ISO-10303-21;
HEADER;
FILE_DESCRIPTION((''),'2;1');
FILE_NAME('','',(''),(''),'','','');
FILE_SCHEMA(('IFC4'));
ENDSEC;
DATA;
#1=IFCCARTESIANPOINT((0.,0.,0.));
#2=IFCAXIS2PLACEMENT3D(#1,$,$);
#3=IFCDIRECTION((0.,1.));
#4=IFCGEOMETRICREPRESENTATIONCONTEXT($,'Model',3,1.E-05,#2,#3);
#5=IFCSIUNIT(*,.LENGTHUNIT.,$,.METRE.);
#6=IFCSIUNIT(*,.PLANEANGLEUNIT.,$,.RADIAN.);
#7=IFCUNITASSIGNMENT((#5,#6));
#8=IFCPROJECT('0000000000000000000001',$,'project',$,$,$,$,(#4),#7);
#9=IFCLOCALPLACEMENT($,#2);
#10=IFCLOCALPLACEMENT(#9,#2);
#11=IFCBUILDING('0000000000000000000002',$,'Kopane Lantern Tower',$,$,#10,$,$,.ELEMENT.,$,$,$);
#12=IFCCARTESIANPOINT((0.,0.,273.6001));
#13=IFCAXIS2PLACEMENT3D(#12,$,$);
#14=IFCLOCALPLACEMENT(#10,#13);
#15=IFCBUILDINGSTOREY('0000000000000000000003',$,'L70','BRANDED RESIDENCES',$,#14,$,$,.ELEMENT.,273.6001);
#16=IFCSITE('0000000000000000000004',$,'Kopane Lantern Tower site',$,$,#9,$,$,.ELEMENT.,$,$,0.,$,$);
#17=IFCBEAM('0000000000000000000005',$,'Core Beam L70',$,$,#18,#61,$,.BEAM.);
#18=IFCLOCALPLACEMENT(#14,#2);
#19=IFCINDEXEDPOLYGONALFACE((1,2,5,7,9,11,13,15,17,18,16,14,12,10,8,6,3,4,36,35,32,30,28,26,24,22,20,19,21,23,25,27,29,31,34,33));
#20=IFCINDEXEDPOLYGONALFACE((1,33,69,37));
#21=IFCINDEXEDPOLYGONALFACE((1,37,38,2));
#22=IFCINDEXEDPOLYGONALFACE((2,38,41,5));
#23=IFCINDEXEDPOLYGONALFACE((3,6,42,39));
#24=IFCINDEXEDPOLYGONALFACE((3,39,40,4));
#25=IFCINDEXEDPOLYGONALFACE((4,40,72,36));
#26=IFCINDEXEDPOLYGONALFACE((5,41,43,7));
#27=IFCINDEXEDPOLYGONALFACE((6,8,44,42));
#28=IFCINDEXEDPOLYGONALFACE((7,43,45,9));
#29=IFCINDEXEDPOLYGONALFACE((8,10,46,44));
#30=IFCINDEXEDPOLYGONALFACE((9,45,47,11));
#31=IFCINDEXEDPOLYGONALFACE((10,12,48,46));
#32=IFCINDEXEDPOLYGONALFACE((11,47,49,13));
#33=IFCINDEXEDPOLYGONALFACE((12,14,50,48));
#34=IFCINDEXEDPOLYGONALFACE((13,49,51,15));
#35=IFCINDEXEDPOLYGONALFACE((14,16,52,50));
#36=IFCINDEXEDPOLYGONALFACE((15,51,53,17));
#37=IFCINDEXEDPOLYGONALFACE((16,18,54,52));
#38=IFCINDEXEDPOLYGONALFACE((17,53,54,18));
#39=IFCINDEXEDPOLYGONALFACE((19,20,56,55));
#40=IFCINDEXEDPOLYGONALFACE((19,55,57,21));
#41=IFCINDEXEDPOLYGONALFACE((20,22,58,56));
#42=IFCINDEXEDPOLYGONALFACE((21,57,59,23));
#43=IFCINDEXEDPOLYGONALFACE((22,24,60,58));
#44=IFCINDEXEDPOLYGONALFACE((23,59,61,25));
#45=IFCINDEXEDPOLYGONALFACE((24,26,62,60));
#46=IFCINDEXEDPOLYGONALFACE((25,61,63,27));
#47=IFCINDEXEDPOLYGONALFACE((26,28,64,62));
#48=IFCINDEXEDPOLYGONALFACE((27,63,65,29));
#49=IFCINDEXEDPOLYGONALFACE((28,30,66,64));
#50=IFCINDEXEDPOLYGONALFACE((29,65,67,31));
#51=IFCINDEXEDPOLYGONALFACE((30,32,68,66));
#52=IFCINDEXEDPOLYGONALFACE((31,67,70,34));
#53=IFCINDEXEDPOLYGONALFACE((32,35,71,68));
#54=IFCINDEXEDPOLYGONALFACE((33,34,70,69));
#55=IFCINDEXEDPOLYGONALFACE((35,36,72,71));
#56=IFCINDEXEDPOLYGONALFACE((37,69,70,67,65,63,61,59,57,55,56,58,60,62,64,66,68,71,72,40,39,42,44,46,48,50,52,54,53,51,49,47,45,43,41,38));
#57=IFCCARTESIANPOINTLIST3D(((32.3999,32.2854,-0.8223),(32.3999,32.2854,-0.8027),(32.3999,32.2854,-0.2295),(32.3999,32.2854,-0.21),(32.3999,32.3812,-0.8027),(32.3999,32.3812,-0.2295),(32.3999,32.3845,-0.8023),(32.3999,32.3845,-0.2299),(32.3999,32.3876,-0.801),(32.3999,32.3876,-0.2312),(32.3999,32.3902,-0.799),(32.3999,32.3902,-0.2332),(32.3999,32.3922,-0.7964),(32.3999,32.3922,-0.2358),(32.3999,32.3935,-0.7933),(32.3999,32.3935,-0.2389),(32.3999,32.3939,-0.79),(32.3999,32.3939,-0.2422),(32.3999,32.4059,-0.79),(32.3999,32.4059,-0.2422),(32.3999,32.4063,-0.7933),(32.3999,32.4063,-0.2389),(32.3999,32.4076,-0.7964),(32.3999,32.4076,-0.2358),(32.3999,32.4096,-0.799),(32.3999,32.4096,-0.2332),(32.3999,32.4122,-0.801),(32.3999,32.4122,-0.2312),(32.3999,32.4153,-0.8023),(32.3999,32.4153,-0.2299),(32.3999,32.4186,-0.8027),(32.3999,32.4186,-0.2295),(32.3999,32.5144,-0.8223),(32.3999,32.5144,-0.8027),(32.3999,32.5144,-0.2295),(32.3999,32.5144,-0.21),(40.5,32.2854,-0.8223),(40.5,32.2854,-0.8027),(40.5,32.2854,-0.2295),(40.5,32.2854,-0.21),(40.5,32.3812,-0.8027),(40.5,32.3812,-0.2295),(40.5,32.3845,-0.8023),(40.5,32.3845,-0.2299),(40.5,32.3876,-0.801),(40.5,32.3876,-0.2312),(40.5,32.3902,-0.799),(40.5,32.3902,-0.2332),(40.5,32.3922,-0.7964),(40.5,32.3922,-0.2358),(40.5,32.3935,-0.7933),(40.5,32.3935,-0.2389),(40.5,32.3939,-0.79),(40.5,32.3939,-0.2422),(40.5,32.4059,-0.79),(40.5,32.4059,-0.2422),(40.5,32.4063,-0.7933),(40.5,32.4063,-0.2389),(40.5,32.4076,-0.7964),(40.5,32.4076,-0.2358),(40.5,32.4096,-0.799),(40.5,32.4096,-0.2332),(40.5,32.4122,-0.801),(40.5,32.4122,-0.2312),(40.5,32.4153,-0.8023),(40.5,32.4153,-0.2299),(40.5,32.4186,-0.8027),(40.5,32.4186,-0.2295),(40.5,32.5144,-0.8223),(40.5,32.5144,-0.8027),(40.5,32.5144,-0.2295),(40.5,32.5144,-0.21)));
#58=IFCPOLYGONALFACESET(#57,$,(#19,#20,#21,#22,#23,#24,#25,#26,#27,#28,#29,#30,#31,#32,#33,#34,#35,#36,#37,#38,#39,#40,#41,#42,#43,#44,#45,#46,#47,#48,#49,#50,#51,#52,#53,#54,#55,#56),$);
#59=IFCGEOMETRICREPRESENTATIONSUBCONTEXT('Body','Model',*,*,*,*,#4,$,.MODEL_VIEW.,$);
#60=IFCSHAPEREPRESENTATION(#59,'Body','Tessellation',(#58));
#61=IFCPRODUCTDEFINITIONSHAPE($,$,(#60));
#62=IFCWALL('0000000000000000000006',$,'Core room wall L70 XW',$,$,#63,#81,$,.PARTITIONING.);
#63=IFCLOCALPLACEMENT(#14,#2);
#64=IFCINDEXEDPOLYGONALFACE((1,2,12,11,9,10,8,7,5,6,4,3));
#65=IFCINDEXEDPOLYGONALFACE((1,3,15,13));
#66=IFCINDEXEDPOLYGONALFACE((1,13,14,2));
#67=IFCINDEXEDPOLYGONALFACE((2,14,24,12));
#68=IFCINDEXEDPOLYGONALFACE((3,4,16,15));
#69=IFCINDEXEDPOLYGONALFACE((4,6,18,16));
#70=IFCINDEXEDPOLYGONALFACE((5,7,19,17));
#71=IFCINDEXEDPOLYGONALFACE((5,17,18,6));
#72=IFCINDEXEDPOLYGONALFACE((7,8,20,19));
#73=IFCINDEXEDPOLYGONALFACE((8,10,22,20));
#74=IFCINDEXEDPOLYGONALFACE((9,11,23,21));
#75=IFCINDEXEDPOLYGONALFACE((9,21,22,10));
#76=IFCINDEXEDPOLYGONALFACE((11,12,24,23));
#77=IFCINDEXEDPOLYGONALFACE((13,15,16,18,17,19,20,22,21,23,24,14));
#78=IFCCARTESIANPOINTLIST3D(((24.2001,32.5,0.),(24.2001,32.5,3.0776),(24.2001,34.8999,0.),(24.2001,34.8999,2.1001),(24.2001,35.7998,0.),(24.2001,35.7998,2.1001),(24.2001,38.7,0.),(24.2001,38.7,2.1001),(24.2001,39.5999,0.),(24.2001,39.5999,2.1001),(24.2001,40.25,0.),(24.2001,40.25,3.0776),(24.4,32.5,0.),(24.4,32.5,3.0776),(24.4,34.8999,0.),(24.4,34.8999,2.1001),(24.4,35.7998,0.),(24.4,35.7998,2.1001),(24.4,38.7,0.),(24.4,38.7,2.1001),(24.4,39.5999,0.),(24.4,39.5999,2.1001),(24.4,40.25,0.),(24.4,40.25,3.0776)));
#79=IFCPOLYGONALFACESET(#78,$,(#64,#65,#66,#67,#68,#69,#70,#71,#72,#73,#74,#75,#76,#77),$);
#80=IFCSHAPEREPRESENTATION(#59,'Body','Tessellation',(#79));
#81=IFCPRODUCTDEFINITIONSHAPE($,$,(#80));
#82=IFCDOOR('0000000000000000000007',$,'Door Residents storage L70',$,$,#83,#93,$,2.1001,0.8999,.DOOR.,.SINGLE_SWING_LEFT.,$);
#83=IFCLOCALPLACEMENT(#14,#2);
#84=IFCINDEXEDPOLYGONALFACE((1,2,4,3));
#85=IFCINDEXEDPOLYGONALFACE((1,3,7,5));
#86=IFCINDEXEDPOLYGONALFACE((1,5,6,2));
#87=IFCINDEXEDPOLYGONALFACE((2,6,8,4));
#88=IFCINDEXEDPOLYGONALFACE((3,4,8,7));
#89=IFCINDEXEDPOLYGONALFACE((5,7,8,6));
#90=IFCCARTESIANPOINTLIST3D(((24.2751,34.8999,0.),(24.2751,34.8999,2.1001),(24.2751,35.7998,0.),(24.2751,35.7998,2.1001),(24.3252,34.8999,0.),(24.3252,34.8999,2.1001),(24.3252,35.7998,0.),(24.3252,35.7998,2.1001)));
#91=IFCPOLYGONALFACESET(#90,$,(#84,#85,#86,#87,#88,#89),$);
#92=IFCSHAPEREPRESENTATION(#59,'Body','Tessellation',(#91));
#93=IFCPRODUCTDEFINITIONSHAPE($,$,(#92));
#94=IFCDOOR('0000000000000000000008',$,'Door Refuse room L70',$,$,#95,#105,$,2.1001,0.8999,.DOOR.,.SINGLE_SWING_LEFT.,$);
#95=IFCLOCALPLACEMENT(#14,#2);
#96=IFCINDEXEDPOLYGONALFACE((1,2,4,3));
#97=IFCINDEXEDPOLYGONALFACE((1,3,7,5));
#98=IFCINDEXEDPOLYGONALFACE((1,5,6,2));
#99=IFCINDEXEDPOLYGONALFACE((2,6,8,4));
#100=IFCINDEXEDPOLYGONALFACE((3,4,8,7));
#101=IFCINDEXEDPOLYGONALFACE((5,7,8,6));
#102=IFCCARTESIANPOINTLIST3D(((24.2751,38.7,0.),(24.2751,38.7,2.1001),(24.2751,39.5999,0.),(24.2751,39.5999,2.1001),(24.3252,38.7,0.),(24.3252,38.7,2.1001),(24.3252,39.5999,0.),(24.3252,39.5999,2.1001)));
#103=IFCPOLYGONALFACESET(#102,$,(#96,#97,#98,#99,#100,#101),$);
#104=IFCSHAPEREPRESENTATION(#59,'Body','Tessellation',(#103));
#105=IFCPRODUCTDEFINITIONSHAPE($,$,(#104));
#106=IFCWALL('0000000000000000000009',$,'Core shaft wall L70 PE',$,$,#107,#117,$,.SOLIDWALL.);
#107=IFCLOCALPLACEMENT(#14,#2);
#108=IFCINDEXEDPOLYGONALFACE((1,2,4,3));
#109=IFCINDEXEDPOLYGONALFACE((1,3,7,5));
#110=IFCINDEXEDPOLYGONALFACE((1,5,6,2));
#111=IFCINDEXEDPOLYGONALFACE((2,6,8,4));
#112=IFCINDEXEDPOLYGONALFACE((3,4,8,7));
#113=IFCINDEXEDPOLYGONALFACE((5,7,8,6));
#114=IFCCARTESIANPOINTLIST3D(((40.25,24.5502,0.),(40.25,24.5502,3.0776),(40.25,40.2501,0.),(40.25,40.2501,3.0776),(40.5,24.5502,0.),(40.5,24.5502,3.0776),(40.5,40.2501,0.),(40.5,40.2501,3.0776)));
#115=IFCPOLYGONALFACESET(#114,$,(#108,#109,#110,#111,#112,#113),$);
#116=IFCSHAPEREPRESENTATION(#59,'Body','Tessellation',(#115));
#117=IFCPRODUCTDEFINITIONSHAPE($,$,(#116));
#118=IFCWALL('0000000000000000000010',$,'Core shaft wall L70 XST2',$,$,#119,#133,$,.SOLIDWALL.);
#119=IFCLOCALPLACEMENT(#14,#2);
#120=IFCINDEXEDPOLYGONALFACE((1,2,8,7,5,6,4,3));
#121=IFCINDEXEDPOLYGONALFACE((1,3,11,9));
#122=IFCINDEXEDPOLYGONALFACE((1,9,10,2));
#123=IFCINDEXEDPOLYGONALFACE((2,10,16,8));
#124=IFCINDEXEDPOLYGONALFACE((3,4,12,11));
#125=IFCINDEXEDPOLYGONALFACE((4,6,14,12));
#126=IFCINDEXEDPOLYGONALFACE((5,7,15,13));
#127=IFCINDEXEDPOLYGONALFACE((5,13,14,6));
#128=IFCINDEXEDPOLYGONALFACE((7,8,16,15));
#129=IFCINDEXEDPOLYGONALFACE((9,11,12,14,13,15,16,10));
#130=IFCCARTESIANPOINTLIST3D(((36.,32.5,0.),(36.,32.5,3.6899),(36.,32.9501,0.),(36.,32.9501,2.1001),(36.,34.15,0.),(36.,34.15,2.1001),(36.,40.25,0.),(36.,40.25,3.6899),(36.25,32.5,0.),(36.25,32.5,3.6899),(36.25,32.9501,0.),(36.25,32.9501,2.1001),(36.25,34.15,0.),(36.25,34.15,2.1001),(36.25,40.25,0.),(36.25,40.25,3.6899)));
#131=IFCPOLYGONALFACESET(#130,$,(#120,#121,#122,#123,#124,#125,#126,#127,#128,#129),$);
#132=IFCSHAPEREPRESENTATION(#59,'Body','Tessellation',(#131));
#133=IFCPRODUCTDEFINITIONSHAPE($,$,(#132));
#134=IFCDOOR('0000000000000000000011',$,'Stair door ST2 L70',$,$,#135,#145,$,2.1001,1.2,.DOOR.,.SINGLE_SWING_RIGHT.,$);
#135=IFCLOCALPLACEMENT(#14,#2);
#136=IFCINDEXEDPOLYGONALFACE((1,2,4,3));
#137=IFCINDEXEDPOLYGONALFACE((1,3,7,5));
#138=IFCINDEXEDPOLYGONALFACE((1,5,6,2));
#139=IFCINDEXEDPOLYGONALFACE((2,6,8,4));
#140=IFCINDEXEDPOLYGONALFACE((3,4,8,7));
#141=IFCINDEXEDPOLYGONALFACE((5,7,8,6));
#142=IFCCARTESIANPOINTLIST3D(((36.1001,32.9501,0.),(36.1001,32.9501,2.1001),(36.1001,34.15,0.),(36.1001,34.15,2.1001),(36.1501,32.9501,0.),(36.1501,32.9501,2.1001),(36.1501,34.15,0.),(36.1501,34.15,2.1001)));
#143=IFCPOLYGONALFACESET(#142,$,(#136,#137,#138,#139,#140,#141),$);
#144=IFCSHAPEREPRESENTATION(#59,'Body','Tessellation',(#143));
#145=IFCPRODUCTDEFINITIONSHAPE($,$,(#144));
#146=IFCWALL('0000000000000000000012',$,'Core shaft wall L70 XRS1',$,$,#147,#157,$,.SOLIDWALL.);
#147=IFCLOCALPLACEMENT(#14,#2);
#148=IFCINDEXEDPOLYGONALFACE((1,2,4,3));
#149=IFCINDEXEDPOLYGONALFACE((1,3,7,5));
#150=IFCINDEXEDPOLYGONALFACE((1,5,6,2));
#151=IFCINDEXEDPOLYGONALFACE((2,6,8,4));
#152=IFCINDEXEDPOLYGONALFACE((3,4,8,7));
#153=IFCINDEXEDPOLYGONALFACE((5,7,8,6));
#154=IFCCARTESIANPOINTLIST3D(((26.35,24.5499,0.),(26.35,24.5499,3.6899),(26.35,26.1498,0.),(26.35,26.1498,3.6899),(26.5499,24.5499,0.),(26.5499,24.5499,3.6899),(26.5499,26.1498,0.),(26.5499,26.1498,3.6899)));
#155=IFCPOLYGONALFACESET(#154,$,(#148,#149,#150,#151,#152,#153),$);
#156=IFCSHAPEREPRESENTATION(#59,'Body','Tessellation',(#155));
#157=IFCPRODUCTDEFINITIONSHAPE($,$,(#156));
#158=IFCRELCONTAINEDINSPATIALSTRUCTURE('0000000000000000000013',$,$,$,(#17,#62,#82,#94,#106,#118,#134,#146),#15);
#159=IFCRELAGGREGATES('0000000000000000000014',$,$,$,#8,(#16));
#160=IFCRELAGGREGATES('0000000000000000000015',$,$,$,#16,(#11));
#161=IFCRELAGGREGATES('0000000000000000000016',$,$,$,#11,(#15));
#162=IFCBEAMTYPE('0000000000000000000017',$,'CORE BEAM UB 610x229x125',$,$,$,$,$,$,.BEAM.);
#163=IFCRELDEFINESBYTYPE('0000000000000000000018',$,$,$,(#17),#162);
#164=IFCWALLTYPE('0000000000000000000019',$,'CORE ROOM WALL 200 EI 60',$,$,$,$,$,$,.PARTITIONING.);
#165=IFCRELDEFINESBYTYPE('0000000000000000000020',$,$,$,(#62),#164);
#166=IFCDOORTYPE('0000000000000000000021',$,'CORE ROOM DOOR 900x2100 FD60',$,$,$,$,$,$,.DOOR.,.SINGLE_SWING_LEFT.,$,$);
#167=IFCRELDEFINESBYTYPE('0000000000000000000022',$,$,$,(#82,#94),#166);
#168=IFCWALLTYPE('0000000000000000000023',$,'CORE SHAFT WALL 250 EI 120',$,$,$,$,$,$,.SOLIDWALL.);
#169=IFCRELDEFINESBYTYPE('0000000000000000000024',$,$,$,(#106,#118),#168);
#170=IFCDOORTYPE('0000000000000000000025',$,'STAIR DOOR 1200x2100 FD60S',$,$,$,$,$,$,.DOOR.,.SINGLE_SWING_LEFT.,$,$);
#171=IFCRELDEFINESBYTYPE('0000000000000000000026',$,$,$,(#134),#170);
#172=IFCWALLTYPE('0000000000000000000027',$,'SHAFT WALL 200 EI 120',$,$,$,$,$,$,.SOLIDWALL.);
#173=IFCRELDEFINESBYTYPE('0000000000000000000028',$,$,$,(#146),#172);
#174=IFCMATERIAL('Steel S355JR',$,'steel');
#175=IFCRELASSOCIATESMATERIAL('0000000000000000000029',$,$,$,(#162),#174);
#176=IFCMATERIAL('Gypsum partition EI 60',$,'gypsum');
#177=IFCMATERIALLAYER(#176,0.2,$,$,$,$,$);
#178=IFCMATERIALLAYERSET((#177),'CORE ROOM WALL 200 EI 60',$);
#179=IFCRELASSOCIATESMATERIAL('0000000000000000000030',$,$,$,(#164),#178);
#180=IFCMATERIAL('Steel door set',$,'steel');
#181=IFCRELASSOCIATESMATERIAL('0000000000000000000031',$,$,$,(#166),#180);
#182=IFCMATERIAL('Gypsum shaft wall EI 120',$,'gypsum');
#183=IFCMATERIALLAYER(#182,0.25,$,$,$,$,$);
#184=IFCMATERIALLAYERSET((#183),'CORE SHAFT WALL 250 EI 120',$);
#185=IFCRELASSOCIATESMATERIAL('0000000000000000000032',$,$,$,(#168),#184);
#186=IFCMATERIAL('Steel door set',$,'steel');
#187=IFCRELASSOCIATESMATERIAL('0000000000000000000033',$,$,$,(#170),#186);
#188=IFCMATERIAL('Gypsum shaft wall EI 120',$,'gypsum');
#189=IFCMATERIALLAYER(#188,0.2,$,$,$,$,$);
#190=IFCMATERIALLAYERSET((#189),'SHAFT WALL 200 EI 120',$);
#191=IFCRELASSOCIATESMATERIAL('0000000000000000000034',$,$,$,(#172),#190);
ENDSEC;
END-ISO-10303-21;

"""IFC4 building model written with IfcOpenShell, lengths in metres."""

from ifc_helpers import new_model, si_unit, direction, frame, frame_2d, origin, origin_2d, place, context, subcontext, project, spatial, rectangle, i_section, extrude, material, layer, layer_set, material_profile, profile_set, type_object, element, fill, save


model = new_model("IFC4")

# Units and contexts
model_context = context("Model", 3, precision=1e-05, world=origin(), true_north=direction((0.0, 1.0)))
body_context = subcontext(model_context, "Body", "Model", "MODEL_VIEW")
ifc_project = project(units=[si_unit("LENGTHUNIT", "METRE"), si_unit("PLANEANGLEUNIT", "RADIAN")], contexts=[model_context])

# Site, building, storey
site_placement = place(None, origin())
site = spatial("IfcSite", under=ifc_project, at=site_placement, Name="Kopane Lantern Tower site", CompositionType="ELEMENT", RefElevation=0.0)
building_placement = place(site_placement, origin())
building = spatial("IfcBuilding", under=site, at=building_placement, Name="Kopane Lantern Tower", CompositionType="ELEMENT")
storey_placement = place(building_placement, frame((0.0, 0.0, 273.6001)))
storey = spatial("IfcBuildingStorey", under=building, at=storey_placement, Name="L70", Description="BRANDED RESIDENCES", CompositionType="ELEMENT", Elevation=273.6001)

# Beam
ifc_material_1 = material(Name="Steel S355JR", Category="steel")
ifc_material_profile_1 = material_profile(ifc_material_1, i_section(OverallWidth=0.229, OverallDepth=0.6123, WebThickness=0.012, FlangeThickness=0.0195, FilletRadius=0.0127, at=origin_2d()), Name="UB 610x229x125")
ifc_profile_set_1 = profile_set([ifc_material_profile_1], Name="Steel S355JR")
beam_type = type_object("IfcBeamType", Name="CORE BEAM UB 610x229x125", PredefinedType="BEAM", material=ifc_profile_set_1)
for number, where, z_axis, x_axis, name in (
    (1, (32.3999, 32.3999, -0.5161), (1.0, 0.0, 0.0), (0.0, 1.0, 0.0), "Core Beam L70"),
):
    element("IfcBeam", number, at=place(storey_placement, frame(where, z_axis=z_axis, x_axis=x_axis)), inside=storey, type_object=beam_type, Name=name, PredefinedType="BEAM", context=body_context, shape_type="SweptSolid", body=[
        extrude(i_section(OverallWidth=0.229, OverallDepth=0.6123, WebThickness=0.012, FlangeThickness=0.0195, FilletRadius=0.0127, at=origin_2d()), origin(), (0.0, 0.0, 1.0), 8.1001),
    ])

# Wall, openings, doors
ifc_material_2 = material(Name="Gypsum partition EI 60", Category="gypsum")
ifc_layer_1 = layer(ifc_material_2, 0.2)
ifc_layer_set_1 = layer_set([ifc_layer_1], Name="CORE ROOM WALL 200 EI 60")
wall_type_1 = type_object("IfcWallType", Name="CORE ROOM WALL 200 EI 60", PredefinedType="PARTITIONING", material=ifc_layer_set_1)
wall_1_placement = place(storey_placement, frame((24.3, 32.5, 0.0), z_axis=(0.0, 0.0, 1.0), x_axis=(0.0, 1.0, 0.0)))
wall_1 = element("IfcWall", 2, at=wall_1_placement, inside=storey, type_object=wall_type_1, Name="Core room wall L70 XW", PredefinedType="PARTITIONING", context=body_context, shape_type="SweptSolid", body=[
    extrude(rectangle(XDim=7.75, YDim=0.2, at=frame_2d((3.875, 0.0))), origin(), (0.0, 0.0, 1.0), 3.0776),
])
opening_1_placement = place(wall_1_placement, frame((2.3999, 0.0, 0.0)))
opening_1 = element("IfcOpeningElement", 3, at=opening_1_placement, cuts=wall_1, PredefinedType="OPENING", context=body_context, shape_type="SweptSolid", body=[
    extrude(rectangle(XDim=0.8999, YDim=2.1001, at=frame_2d((0.45, 1.05))), frame((0.0, 0.1099, 0.0), z_axis=(0.0, -1.0, 0.0), x_axis=(1.0, 0.0, 0.0)), (0.0, 0.0, 1.0), 0.22),
])
opening_2_placement = place(wall_1_placement, frame((6.2, 0.0, 0.0)))
opening_2 = element("IfcOpeningElement", 4, at=opening_2_placement, cuts=wall_1, PredefinedType="OPENING", context=body_context, shape_type="SweptSolid", body=[
    extrude(rectangle(XDim=0.8999, YDim=2.1001, at=frame_2d((0.45, 1.05))), frame((0.0, 0.1099, 0.0), z_axis=(0.0, -1.0, 0.0), x_axis=(1.0, 0.0, 0.0)), (0.0, 0.0, 1.0), 0.22),
])
ifc_material_3 = material(Name="Steel door set", Category="steel")
door_type_1 = type_object("IfcDoorType", Name="CORE ROOM DOOR 900x2100 FD60", OperationType="SINGLE_SWING_LEFT", PredefinedType="DOOR", material=ifc_material_3)
door_1_placement = place(opening_1_placement, origin())
door_1 = element("IfcDoor", 5, at=door_1_placement, inside=storey, type_object=door_type_1, Name="Door Residents storage L70", OperationType="SINGLE_SWING_LEFT", OverallHeight=2.1001, OverallWidth=0.8999, PredefinedType="DOOR", context=body_context, shape_type="SweptSolid", body=[
    extrude(rectangle(XDim=0.8999, YDim=2.1001, at=frame_2d((0.45, 1.05))), frame((0.0, 0.0249, 0.0), z_axis=(0.0, -1.0, 0.0), x_axis=(1.0, 0.0, 0.0)), (0.0, 0.0, 1.0), 0.05),
])
fill(opening_1, door_1)
door_2_placement = place(opening_2_placement, origin())
door_2 = element("IfcDoor", 6, at=door_2_placement, inside=storey, type_object=door_type_1, Name="Door Refuse room L70", OperationType="SINGLE_SWING_LEFT", OverallHeight=2.1001, OverallWidth=0.8999, PredefinedType="DOOR", context=body_context, shape_type="SweptSolid", body=[
    extrude(rectangle(XDim=0.8999, YDim=2.1001, at=frame_2d((0.45, 1.05))), frame((0.0, 0.0249, 0.0), z_axis=(0.0, -1.0, 0.0), x_axis=(1.0, 0.0, 0.0)), (0.0, 0.0, 1.0), 0.05),
])
fill(opening_2, door_2)

# Wall
ifc_material_4 = material(Name="Gypsum shaft wall EI 120", Category="gypsum")
ifc_layer_2 = layer(ifc_material_4, 0.25)
ifc_layer_set_2 = layer_set([ifc_layer_2], Name="CORE SHAFT WALL 250 EI 120")
wall_type_2 = type_object("IfcWallType", Name="CORE SHAFT WALL 250 EI 120", PredefinedType="SOLIDWALL", material=ifc_layer_set_2)
wall_2_placement = place(storey_placement, frame((40.375, 24.55, 0.0), z_axis=(0.0, 0.0, 1.0), x_axis=(0.0, 1.0, 0.0)))
element("IfcWall", 7, at=wall_2_placement, inside=storey, type_object=wall_type_2, Name="Core shaft wall L70 PE", PredefinedType="SOLIDWALL", context=body_context, shape_type="SweptSolid", body=[
    extrude(rectangle(XDim=15.7, YDim=0.25, at=frame_2d((7.8501, 0.0))), origin(), (0.0, 0.0, 1.0), 3.0776),
])

# Wall, opening, door
wall_3_placement = place(storey_placement, frame((36.125, 32.5, 0.0), z_axis=(0.0, 0.0, 1.0), x_axis=(0.0, 1.0, 0.0)))
wall_3 = element("IfcWall", 8, at=wall_3_placement, inside=storey, type_object=wall_type_2, Name="Core shaft wall L70 XST2", PredefinedType="SOLIDWALL", context=body_context, shape_type="SweptSolid", body=[
    extrude(rectangle(XDim=7.75, YDim=0.25, at=frame_2d((3.875, 0.0))), origin(), (0.0, 0.0, 1.0), 3.6899),
])
opening_3_placement = place(wall_3_placement, frame((0.45, 0.0, 0.0)))
opening_3 = element("IfcOpeningElement", 9, at=opening_3_placement, cuts=wall_3, PredefinedType="OPENING", context=body_context, shape_type="SweptSolid", body=[
    extrude(rectangle(XDim=1.2, YDim=2.1001, at=frame_2d((0.6001, 1.05))), frame((0.0, 0.135, 0.0), z_axis=(0.0, -1.0, 0.0), x_axis=(1.0, 0.0, 0.0)), (0.0, 0.0, 1.0), 0.27),
])
ifc_material_5 = material(Name="Steel door set", Category="steel")
door_type_2 = type_object("IfcDoorType", Name="STAIR DOOR 1200x2100 FD60S", OperationType="SINGLE_SWING_LEFT", PredefinedType="DOOR", material=ifc_material_5)
door_3_placement = place(opening_3_placement, origin())
door_3 = element("IfcDoor", 10, at=door_3_placement, inside=storey, type_object=door_type_2, Name="Stair door ST2 L70", OperationType="SINGLE_SWING_RIGHT", OverallHeight=2.1001, OverallWidth=1.2, PredefinedType="DOOR", context=body_context, shape_type="SweptSolid", body=[
    extrude(rectangle(XDim=1.2, YDim=2.1001, at=frame_2d((0.6001, 1.05))), frame((0.0, 0.0249, 0.0), z_axis=(0.0, -1.0, 0.0), x_axis=(1.0, 0.0, 0.0)), (0.0, 0.0, 1.0), 0.05),
])
fill(opening_3, door_3)

# Wall
ifc_material_6 = material(Name="Gypsum shaft wall EI 120", Category="gypsum")
ifc_layer_3 = layer(ifc_material_6, 0.2)
ifc_layer_set_3 = layer_set([ifc_layer_3], Name="SHAFT WALL 200 EI 120")
wall_type_3 = type_object("IfcWallType", Name="SHAFT WALL 200 EI 120", PredefinedType="SOLIDWALL", material=ifc_layer_set_3)
wall_4_placement = place(storey_placement, frame((26.45, 24.55, 0.0), z_axis=(0.0, 0.0, 1.0), x_axis=(0.0, 1.0, 0.0)))
element("IfcWall", 11, at=wall_4_placement, inside=storey, type_object=wall_type_3, Name="Core shaft wall L70 XRS1", PredefinedType="SOLIDWALL", context=body_context, shape_type="SweptSolid", body=[
    extrude(rectangle(XDim=1.5999, YDim=0.2, at=frame_2d((0.7998, 0.0))), origin(), (0.0, 0.0, 1.0), 3.6899),
])

save(model, "model.ifc")
